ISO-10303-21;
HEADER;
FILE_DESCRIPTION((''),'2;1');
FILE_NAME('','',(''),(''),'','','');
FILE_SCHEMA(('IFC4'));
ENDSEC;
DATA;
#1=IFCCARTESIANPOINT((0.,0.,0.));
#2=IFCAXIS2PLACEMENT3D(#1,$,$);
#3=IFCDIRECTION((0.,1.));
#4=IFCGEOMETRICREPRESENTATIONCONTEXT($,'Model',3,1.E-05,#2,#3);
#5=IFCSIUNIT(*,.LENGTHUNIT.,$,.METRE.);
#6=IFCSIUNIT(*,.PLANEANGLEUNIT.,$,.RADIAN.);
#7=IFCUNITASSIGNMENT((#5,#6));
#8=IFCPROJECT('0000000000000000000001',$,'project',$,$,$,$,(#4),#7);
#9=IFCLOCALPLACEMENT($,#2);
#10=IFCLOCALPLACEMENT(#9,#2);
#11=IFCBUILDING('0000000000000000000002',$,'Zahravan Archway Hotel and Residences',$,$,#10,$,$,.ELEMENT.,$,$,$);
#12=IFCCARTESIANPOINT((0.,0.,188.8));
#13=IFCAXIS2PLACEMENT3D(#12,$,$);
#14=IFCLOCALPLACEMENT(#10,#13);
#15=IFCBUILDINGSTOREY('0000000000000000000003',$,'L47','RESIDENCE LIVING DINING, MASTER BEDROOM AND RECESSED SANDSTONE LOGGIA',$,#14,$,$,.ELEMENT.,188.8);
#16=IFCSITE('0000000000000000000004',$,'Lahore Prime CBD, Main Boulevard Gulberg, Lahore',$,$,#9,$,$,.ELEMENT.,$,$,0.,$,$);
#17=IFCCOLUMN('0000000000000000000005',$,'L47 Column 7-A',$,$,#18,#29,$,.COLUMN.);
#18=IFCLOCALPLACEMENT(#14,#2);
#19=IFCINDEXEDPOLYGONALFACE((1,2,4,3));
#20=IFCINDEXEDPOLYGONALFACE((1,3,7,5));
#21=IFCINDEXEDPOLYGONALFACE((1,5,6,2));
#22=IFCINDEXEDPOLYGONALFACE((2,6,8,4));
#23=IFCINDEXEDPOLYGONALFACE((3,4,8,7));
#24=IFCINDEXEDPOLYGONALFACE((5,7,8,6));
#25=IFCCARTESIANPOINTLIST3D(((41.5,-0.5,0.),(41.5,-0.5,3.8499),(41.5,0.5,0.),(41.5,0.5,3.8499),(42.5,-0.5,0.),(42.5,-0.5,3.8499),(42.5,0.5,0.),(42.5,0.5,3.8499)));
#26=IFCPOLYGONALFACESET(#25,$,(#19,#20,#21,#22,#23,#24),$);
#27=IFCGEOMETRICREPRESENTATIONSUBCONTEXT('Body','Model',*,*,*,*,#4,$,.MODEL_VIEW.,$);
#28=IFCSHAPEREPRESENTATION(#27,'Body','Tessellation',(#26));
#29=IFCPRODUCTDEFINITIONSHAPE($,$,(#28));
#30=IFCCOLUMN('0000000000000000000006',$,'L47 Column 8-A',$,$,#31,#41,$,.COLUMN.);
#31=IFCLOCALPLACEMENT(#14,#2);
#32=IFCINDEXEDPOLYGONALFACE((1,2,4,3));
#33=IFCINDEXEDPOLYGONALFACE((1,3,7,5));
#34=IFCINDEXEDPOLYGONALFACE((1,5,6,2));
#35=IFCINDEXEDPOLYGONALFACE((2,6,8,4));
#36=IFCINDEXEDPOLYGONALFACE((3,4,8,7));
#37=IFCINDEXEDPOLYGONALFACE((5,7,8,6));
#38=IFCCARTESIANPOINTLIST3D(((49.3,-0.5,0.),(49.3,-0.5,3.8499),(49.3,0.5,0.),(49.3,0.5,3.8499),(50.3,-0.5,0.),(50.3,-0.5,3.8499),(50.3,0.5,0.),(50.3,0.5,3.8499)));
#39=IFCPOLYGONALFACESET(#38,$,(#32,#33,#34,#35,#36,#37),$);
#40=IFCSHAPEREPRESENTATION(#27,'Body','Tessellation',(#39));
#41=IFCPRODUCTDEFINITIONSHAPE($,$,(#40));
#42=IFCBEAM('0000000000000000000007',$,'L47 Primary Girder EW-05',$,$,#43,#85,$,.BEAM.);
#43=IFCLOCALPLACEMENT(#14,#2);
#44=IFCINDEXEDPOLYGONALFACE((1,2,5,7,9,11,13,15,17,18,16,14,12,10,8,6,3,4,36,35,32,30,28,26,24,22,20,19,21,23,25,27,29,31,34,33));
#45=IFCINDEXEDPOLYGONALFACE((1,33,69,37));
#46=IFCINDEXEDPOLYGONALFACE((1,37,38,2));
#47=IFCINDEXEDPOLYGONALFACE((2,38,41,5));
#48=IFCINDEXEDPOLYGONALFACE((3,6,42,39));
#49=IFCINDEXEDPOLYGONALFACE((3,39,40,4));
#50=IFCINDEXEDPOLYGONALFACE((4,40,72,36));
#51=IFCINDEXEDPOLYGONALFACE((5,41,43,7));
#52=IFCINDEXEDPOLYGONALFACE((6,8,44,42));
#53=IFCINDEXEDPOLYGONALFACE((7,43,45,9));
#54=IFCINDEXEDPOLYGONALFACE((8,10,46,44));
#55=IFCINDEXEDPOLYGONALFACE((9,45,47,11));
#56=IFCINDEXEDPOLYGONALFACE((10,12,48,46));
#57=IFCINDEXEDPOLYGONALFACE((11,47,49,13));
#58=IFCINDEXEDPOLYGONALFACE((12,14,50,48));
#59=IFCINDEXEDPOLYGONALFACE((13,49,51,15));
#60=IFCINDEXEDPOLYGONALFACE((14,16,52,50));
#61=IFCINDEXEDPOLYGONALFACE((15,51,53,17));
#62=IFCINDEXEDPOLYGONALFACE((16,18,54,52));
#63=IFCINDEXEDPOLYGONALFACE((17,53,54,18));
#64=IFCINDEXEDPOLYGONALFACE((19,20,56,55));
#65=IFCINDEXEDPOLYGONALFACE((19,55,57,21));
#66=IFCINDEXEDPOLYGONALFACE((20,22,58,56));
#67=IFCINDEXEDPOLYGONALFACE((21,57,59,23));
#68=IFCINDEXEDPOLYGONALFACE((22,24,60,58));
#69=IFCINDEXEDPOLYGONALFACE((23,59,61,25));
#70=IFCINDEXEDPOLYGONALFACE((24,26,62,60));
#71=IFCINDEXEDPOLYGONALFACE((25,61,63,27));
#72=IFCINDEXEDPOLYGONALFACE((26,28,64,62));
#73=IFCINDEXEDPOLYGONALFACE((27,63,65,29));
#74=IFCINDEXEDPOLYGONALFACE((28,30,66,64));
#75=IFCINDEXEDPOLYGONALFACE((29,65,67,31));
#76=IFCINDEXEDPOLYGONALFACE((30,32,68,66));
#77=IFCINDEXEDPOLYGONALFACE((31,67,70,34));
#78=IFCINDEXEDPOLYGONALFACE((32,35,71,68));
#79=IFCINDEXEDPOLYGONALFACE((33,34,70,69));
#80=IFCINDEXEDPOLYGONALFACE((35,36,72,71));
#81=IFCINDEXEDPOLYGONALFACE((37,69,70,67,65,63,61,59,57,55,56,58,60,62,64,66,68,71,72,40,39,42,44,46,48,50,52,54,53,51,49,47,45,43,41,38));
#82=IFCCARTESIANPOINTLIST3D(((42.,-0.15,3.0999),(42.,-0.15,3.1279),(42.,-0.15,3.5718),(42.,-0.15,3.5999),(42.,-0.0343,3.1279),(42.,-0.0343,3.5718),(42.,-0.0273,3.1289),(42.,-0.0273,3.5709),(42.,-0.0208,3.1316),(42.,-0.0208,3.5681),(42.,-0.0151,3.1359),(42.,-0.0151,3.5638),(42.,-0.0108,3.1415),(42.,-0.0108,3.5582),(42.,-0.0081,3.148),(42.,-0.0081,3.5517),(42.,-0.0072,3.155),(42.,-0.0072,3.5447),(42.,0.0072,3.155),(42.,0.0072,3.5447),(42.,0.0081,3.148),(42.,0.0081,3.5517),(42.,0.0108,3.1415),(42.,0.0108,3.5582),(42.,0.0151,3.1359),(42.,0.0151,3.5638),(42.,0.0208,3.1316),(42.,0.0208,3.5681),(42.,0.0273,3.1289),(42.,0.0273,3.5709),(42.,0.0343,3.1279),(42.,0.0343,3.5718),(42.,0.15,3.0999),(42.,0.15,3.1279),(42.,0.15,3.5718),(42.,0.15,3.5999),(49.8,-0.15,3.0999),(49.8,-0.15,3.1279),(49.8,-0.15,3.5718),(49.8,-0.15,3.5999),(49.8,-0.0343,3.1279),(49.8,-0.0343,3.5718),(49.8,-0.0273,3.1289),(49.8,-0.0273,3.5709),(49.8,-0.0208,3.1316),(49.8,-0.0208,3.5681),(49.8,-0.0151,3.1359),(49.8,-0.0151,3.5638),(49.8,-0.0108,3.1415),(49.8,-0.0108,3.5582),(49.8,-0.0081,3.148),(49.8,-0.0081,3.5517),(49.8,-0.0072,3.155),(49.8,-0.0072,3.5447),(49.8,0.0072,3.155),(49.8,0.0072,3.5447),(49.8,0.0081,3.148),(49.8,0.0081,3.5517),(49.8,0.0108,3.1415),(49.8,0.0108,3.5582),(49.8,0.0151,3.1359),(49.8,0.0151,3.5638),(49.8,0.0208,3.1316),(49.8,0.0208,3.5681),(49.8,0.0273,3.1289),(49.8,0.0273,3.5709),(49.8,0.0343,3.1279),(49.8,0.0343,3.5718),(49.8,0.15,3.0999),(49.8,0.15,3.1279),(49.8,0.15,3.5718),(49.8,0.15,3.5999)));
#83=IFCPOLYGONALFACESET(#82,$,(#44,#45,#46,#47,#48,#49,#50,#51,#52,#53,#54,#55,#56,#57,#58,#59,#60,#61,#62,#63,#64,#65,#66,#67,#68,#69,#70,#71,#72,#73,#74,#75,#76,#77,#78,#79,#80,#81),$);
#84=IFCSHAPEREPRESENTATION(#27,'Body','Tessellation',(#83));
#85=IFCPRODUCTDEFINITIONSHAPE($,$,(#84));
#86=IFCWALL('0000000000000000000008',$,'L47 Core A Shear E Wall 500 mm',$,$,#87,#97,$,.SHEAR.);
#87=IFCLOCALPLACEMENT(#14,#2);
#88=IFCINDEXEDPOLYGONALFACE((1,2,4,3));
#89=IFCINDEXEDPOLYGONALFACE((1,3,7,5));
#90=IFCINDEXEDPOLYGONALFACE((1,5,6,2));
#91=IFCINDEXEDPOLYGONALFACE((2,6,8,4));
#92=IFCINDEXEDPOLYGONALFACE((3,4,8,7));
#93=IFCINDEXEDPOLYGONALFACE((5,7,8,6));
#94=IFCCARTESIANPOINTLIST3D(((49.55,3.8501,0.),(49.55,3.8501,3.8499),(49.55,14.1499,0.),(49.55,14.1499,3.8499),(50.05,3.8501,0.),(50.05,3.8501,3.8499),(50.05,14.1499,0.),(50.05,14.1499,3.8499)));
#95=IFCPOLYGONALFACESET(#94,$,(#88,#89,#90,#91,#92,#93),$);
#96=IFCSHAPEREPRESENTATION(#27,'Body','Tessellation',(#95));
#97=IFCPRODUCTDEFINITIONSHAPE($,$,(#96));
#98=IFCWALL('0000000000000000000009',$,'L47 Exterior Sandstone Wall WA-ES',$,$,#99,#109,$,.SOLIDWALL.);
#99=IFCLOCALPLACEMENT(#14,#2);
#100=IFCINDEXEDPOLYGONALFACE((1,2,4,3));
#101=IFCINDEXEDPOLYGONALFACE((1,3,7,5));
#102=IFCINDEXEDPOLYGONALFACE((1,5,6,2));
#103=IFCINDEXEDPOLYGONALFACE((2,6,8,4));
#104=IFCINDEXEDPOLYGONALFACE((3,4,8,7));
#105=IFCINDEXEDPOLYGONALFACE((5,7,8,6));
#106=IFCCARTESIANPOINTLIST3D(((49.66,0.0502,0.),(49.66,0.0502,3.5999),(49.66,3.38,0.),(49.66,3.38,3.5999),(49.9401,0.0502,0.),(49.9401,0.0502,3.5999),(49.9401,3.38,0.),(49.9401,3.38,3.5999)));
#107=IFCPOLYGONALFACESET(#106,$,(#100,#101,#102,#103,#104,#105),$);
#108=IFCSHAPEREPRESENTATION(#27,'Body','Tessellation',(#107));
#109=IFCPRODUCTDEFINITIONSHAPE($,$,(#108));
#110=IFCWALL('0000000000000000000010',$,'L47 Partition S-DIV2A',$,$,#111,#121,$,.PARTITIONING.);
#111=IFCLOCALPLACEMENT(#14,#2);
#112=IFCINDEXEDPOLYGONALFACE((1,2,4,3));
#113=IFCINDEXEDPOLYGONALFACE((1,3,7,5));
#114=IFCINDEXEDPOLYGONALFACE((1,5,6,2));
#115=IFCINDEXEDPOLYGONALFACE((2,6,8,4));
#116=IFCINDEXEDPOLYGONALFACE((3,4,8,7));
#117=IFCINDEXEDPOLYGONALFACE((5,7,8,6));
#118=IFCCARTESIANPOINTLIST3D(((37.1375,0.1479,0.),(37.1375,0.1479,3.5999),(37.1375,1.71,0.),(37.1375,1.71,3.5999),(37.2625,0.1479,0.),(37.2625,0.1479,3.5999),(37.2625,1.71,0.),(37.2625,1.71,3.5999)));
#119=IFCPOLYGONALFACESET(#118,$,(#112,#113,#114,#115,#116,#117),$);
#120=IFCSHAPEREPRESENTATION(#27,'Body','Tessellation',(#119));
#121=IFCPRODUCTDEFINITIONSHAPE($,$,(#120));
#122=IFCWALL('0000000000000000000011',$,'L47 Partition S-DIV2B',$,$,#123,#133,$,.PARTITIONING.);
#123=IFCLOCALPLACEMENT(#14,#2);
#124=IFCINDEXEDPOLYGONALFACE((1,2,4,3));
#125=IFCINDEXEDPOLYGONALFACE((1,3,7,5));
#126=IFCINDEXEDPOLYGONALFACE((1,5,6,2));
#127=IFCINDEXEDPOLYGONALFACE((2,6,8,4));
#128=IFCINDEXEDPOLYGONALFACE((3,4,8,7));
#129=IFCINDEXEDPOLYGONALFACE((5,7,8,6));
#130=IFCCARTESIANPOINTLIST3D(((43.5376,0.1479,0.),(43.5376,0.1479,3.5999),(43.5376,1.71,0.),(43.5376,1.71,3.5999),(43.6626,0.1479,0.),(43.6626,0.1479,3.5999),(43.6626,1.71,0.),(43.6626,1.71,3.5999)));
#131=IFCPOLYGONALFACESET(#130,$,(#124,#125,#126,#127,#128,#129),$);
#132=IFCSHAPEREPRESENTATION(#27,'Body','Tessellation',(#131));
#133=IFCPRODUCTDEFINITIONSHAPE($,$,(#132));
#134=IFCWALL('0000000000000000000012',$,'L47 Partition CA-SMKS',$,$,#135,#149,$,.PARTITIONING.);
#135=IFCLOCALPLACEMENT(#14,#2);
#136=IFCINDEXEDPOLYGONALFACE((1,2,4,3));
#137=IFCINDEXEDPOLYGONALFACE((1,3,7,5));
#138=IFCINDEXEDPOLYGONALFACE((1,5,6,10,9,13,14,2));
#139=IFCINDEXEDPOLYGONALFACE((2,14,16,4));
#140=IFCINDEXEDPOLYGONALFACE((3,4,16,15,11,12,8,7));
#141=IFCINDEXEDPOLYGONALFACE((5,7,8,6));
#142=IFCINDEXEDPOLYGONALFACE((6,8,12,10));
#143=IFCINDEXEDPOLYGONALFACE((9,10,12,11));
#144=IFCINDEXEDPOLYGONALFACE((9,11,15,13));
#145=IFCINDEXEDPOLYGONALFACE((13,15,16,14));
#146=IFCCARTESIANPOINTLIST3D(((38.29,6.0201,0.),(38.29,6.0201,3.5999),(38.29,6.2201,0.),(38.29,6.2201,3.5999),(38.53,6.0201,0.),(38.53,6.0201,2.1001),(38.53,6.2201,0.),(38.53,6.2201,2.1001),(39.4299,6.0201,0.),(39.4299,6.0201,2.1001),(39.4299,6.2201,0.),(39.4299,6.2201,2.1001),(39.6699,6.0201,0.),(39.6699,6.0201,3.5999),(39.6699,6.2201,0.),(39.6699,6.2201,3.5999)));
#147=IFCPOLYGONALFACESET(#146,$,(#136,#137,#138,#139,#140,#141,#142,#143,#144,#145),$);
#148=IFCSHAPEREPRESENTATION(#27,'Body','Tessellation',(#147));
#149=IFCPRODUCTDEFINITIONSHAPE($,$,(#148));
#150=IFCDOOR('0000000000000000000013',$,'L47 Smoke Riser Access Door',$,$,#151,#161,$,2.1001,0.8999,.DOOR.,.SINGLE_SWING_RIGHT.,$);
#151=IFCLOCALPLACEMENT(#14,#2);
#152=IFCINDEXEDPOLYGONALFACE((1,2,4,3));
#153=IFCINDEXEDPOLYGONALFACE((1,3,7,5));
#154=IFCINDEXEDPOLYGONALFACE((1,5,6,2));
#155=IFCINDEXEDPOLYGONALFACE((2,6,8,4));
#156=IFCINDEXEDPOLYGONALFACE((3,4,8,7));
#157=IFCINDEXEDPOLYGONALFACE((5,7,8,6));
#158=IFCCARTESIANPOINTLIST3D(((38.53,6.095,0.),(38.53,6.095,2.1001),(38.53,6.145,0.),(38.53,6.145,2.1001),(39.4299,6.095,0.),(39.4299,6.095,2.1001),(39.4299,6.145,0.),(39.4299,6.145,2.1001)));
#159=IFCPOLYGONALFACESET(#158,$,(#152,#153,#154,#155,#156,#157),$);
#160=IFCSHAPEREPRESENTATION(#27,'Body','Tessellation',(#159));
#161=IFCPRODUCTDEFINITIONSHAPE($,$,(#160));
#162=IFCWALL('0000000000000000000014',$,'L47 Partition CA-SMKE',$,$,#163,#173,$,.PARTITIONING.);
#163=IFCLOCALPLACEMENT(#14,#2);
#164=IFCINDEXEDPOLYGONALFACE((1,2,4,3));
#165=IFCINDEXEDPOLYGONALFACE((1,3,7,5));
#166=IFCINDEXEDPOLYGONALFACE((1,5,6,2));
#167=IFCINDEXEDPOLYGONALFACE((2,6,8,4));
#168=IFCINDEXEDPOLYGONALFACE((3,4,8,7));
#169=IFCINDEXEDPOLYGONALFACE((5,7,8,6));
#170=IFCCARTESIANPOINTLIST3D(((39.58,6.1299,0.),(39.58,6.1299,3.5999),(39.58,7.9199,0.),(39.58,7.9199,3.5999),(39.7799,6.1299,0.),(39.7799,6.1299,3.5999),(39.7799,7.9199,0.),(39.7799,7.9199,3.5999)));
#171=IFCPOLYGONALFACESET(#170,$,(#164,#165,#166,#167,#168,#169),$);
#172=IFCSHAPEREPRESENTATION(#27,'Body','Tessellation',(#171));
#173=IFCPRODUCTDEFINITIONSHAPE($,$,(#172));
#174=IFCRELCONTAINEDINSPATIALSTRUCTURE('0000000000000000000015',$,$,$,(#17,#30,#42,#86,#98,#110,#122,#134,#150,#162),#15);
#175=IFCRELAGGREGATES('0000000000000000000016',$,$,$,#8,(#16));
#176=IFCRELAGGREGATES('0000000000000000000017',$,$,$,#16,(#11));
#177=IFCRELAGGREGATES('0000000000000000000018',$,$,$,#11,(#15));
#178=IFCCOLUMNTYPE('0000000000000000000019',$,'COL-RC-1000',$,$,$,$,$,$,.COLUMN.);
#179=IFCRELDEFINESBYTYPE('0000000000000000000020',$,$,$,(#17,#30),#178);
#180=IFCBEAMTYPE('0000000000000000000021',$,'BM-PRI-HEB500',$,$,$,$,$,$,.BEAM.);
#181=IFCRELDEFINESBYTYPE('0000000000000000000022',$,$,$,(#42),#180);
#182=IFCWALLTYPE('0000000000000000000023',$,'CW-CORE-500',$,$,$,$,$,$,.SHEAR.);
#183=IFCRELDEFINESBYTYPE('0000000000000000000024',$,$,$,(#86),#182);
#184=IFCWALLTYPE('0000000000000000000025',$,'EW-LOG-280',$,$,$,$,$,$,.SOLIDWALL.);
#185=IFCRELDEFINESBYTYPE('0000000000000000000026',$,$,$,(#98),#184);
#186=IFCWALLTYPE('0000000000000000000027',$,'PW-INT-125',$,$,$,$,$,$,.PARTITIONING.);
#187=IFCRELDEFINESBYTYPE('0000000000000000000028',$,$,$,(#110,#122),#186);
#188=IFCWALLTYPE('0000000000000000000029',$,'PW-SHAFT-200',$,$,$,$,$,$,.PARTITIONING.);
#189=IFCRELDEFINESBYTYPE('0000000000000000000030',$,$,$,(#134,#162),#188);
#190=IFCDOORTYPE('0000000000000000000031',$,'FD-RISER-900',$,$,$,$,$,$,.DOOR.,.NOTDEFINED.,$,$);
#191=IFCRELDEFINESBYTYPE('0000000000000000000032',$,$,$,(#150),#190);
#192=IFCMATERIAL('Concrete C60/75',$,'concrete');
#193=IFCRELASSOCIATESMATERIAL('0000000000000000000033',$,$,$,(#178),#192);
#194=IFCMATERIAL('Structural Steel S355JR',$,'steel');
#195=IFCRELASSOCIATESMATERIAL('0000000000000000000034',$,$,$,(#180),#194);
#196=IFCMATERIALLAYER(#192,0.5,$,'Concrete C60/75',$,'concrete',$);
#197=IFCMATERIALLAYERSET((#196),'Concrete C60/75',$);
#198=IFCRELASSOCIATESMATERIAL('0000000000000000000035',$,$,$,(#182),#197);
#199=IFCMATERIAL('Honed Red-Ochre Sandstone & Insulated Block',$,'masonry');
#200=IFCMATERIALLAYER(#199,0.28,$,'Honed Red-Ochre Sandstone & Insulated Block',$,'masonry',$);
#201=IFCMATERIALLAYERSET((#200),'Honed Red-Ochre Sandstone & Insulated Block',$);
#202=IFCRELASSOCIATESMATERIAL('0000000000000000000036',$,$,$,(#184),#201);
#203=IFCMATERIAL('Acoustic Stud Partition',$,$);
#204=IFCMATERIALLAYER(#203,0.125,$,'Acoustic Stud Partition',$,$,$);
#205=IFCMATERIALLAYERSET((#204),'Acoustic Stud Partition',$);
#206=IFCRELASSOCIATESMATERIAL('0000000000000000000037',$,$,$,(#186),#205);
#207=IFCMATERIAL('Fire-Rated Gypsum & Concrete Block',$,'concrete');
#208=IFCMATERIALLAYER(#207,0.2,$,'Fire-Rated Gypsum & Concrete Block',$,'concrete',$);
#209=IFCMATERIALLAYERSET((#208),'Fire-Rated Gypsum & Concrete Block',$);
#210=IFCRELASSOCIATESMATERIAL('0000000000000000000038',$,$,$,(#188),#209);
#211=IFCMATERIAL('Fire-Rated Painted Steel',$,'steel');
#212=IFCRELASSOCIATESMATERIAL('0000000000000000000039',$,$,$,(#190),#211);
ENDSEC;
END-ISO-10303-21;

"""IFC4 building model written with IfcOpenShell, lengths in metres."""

from ifc_helpers import new_model, si_unit, direction, frame, frame_2d, origin, origin_2d, place, context, subcontext, project, spatial, rectangle, i_section, extrude, source, transform, mapped, material, layer, layer_set, material_profile, profile_set, type_object, type_shapes, element, fill, save


model = new_model("IFC4")

# Units and contexts
model_context = context("Model", 3, precision=1e-05, world=origin(), true_north=direction((0.0, 1.0)))
body_context = subcontext(model_context, "Body", "Model", "MODEL_VIEW")
ifc_project = project(units=[si_unit("LENGTHUNIT", "METRE"), si_unit("PLANEANGLEUNIT", "RADIAN")], contexts=[model_context])

# Site, building, storey
site_placement = place(None, origin())
site = spatial("IfcSite", under=ifc_project, at=site_placement, Name="Lahore Prime CBD, Main Boulevard Gulberg, Lahore", CompositionType="ELEMENT", RefElevation=0.0)
building_placement = place(site_placement, origin())
building = spatial("IfcBuilding", under=site, at=building_placement, Name="Zahravan Archway Hotel and Residences", CompositionType="ELEMENT")
storey_placement = place(building_placement, frame((0.0, 0.0, 188.8)))
storey = spatial("IfcBuildingStorey", under=building, at=storey_placement, Name="L47", Description="RESIDENCE LIVING DINING, MASTER BEDROOM AND RECESSED SANDSTONE LOGGIA", CompositionType="ELEMENT", Elevation=188.8)

# Columns
ifc_material_1 = material(Name="Concrete C60/75", Category="concrete")
ifc_material_profile_1 = material_profile(ifc_material_1, rectangle(XDim=1.0, YDim=1.0, at=origin_2d()), Name="RC-COL-1000x1000", Category="concrete")
ifc_profile_set_1 = profile_set([ifc_material_profile_1], Name="Concrete C60/75")
column_type = type_object("IfcColumnType", Name="COL-RC-1000", PredefinedType="COLUMN", material=ifc_profile_set_1)
shared_shape_1 = source(origin(), body_context, "Body", "SweptSolid", [
    extrude(rectangle(XDim=1.0, YDim=1.0, at=origin_2d()), origin(), (0.0, 0.0, 1.0), 3.8499),
])
for number, where, z_axis, x_axis, name in (
    (1, (42.0, 0.0, 0.0), (0.0, 0.0, 1.0), (1.0, 0.0, 0.0), "L47 Column 7-A"),
    (2, (49.8, 0.0, 0.0), (0.0, 0.0, 1.0), (1.0, 0.0, 0.0), "L47 Column 8-A"),
):
    element("IfcColumn", number, at=place(storey_placement, frame(where, z_axis=z_axis, x_axis=x_axis)), inside=storey, type_object=column_type, Name=name, PredefinedType="COLUMN", context=body_context, shape_type="MappedRepresentation", body=[
        mapped(shared_shape_1, transform((0.0, 0.0, 0.0), scale=1.0)),
    ])

# Beam
ifc_material_2 = material(Name="Structural Steel S355JR", Category="steel")
ifc_material_profile_2 = material_profile(ifc_material_2, i_section(OverallWidth=0.3, OverallDepth=0.5, WebThickness=0.0144, FlangeThickness=0.0281, FilletRadius=0.0271, at=origin_2d()), Name="HEB 500", Category="steel")
ifc_profile_set_2 = profile_set([ifc_material_profile_2], Name="Structural Steel S355JR")
beam_type = type_object("IfcBeamType", Name="BM-PRI-HEB500", PredefinedType="BEAM", material=ifc_profile_set_2)
shared_shape_2 = source(origin(), body_context, "Body", "SweptSolid", [
    extrude(i_section(OverallWidth=0.3, OverallDepth=0.5, WebThickness=0.0144, FlangeThickness=0.0281, FilletRadius=0.0271, at=origin_2d()), origin(), (0.0, 0.0, 1.0), 7.8),
])
beam_placement = place(storey_placement, frame((42.0, 0.0, 3.3499), z_axis=(1.0, 0.0, 0.0), x_axis=(0.0, 1.0, 0.0)))
element("IfcBeam", 3, at=beam_placement, inside=storey, type_object=beam_type, Name="L47 Primary Girder EW-05", PredefinedType="BEAM", context=body_context, shape_type="MappedRepresentation", body=[
    mapped(shared_shape_2, transform((0.0, 0.0, 0.0), scale=1.0)),
])

# Walls
ifc_layer_1 = layer(ifc_material_1, 0.5, Name="Concrete C60/75", Category="concrete")
ifc_layer_set_1 = layer_set([ifc_layer_1], Name="Concrete C60/75")
wall_type_1 = type_object("IfcWallType", Name="CW-CORE-500", PredefinedType="SHEAR", material=ifc_layer_set_1)
wall_1_placement = place(storey_placement, frame((49.8, 3.8501, 0.0), z_axis=(0.0, 0.0, 1.0), x_axis=(0.0, 1.0, 0.0)))
element("IfcWall", 4, at=wall_1_placement, inside=storey, type_object=wall_type_1, Name="L47 Core A Shear E Wall 500 mm", PredefinedType="SHEAR", context=body_context, shape_type="SweptSolid", body=[
    extrude(rectangle(XDim=10.2998, YDim=0.5, at=frame_2d((5.1499, 0.0))), origin(), (0.0, 0.0, 1.0), 3.8499),
])
ifc_material_3 = material(Name="Honed Red-Ochre Sandstone & Insulated Block", Category="masonry")
ifc_layer_2 = layer(ifc_material_3, 0.28, Name="Honed Red-Ochre Sandstone & Insulated Block", Category="masonry")
ifc_layer_set_2 = layer_set([ifc_layer_2], Name="Honed Red-Ochre Sandstone & Insulated Block")
wall_type_2 = type_object("IfcWallType", Name="EW-LOG-280", PredefinedType="SOLIDWALL", material=ifc_layer_set_2)
wall_2_placement = place(storey_placement, frame((49.8, 0.05, 0.0), z_axis=(0.0, 0.0, 1.0), x_axis=(0.0, 1.0, 0.0)))
element("IfcWall", 5, at=wall_2_placement, inside=storey, type_object=wall_type_2, Name="L47 Exterior Sandstone Wall WA-ES", PredefinedType="SOLIDWALL", context=body_context, shape_type="SweptSolid", body=[
    extrude(rectangle(XDim=3.3298, YDim=0.28, at=frame_2d((1.665, 0.0))), origin(), (0.0, 0.0, 1.0), 3.5999),
])
ifc_material_4 = material(Name="Acoustic Stud Partition")
ifc_layer_3 = layer(ifc_material_4, 0.125, Name="Acoustic Stud Partition")
ifc_layer_set_3 = layer_set([ifc_layer_3], Name="Acoustic Stud Partition")
wall_type_3 = type_object("IfcWallType", Name="PW-INT-125", PredefinedType="PARTITIONING", material=ifc_layer_set_3)
for number, where, z_axis, x_axis, name in (
    (6, (37.2, 0.1479, 0.0), (0.0, 0.0, 1.0), (0.0, 1.0, 0.0), "L47 Partition S-DIV2A"),
    (7, (43.6001, 0.1479, 0.0), (0.0, 0.0, 1.0), (0.0, 1.0, 0.0), "L47 Partition S-DIV2B"),
):
    element("IfcWall", number, at=place(storey_placement, frame(where, z_axis=z_axis, x_axis=x_axis)), inside=storey, type_object=wall_type_3, Name=name, PredefinedType="PARTITIONING", context=body_context, shape_type="SweptSolid", body=[
        extrude(rectangle(XDim=1.562, YDim=0.125, at=frame_2d((0.781, 0.0))), origin(), (0.0, 0.0, 1.0), 3.5999),
    ])

# Wall, opening, door
ifc_material_5 = material(Name="Fire-Rated Gypsum & Concrete Block", Category="concrete")
ifc_layer_4 = layer(ifc_material_5, 0.2, Name="Fire-Rated Gypsum & Concrete Block", Category="concrete")
ifc_layer_set_4 = layer_set([ifc_layer_4], Name="Fire-Rated Gypsum & Concrete Block")
wall_type_4 = type_object("IfcWallType", Name="PW-SHAFT-200", PredefinedType="PARTITIONING", material=ifc_layer_set_4)
wall_3_placement = place(storey_placement, frame((38.29, 6.1201, 0.0), z_axis=(0.0, 0.0, 1.0), x_axis=(1.0, 0.0, 0.0)))
wall_3 = element("IfcWall", 8, at=wall_3_placement, inside=storey, type_object=wall_type_4, Name="L47 Partition CA-SMKS", PredefinedType="PARTITIONING", context=body_context, shape_type="SweptSolid", body=[
    extrude(rectangle(XDim=1.3799, YDim=0.2, at=frame_2d((0.6899, 0.0))), origin(), (0.0, 0.0, 1.0), 3.5999),
])
opening_1_placement = place(wall_3_placement, frame((0.24, 0.0, 0.0)))
opening_1 = element("IfcOpeningElement", 9, at=opening_1_placement, cuts=wall_3, PredefinedType="OPENING", context=body_context, shape_type="SweptSolid", body=[
    extrude(rectangle(XDim=0.8999, YDim=2.1001, at=frame_2d((0.45, 1.05))), frame((0.0, 0.1099, 0.0), z_axis=(0.0, -1.0, 0.0), x_axis=(1.0, 0.0, 0.0)), (0.0, 0.0, 1.0), 0.22),
])
ifc_material_6 = material(Name="Fire-Rated Painted Steel", Category="steel")
door_type = type_object("IfcDoorType", Name="FD-RISER-900", OperationType="NOTDEFINED", PredefinedType="DOOR", material=ifc_material_6)
shared_shape_3 = source(origin(), body_context, "Body", "SweptSolid", [
    extrude(rectangle(XDim=0.8999, YDim=2.1001, at=frame_2d((0.45, 1.05))), frame((0.0, 0.0249, 0.0), z_axis=(0.0, -1.0, 0.0), x_axis=(1.0, 0.0, 0.0)), (0.0, 0.0, 1.0), 0.05),
])
type_shapes(door_type, [shared_shape_3])
door_1_placement = place(opening_1_placement, origin())
door_1 = element("IfcDoor", 10, at=door_1_placement, inside=storey, type_object=door_type, Name="L47 Smoke Riser Access Door", OperationType="SINGLE_SWING_RIGHT", OverallHeight=2.1001, OverallWidth=0.8999, PredefinedType="DOOR", context=body_context, shape_type="MappedRepresentation", body=[
    mapped(shared_shape_3, transform((0.0, 0.0, 0.0), scale=1.0)),
])
fill(opening_1, door_1)

# Wall
wall_4_placement = place(storey_placement, frame((39.6799, 6.1299, 0.0), z_axis=(0.0, 0.0, 1.0), x_axis=(0.0, 1.0, 0.0)))
element("IfcWall", 11, at=wall_4_placement, inside=storey, type_object=wall_type_4, Name="L47 Partition CA-SMKE", PredefinedType="PARTITIONING", context=body_context, shape_type="SweptSolid", body=[
    extrude(rectangle(XDim=1.79, YDim=0.2, at=frame_2d((0.895, 0.0))), origin(), (0.0, 0.0, 1.0), 3.5999),
])

save(model, "model.ifc")
